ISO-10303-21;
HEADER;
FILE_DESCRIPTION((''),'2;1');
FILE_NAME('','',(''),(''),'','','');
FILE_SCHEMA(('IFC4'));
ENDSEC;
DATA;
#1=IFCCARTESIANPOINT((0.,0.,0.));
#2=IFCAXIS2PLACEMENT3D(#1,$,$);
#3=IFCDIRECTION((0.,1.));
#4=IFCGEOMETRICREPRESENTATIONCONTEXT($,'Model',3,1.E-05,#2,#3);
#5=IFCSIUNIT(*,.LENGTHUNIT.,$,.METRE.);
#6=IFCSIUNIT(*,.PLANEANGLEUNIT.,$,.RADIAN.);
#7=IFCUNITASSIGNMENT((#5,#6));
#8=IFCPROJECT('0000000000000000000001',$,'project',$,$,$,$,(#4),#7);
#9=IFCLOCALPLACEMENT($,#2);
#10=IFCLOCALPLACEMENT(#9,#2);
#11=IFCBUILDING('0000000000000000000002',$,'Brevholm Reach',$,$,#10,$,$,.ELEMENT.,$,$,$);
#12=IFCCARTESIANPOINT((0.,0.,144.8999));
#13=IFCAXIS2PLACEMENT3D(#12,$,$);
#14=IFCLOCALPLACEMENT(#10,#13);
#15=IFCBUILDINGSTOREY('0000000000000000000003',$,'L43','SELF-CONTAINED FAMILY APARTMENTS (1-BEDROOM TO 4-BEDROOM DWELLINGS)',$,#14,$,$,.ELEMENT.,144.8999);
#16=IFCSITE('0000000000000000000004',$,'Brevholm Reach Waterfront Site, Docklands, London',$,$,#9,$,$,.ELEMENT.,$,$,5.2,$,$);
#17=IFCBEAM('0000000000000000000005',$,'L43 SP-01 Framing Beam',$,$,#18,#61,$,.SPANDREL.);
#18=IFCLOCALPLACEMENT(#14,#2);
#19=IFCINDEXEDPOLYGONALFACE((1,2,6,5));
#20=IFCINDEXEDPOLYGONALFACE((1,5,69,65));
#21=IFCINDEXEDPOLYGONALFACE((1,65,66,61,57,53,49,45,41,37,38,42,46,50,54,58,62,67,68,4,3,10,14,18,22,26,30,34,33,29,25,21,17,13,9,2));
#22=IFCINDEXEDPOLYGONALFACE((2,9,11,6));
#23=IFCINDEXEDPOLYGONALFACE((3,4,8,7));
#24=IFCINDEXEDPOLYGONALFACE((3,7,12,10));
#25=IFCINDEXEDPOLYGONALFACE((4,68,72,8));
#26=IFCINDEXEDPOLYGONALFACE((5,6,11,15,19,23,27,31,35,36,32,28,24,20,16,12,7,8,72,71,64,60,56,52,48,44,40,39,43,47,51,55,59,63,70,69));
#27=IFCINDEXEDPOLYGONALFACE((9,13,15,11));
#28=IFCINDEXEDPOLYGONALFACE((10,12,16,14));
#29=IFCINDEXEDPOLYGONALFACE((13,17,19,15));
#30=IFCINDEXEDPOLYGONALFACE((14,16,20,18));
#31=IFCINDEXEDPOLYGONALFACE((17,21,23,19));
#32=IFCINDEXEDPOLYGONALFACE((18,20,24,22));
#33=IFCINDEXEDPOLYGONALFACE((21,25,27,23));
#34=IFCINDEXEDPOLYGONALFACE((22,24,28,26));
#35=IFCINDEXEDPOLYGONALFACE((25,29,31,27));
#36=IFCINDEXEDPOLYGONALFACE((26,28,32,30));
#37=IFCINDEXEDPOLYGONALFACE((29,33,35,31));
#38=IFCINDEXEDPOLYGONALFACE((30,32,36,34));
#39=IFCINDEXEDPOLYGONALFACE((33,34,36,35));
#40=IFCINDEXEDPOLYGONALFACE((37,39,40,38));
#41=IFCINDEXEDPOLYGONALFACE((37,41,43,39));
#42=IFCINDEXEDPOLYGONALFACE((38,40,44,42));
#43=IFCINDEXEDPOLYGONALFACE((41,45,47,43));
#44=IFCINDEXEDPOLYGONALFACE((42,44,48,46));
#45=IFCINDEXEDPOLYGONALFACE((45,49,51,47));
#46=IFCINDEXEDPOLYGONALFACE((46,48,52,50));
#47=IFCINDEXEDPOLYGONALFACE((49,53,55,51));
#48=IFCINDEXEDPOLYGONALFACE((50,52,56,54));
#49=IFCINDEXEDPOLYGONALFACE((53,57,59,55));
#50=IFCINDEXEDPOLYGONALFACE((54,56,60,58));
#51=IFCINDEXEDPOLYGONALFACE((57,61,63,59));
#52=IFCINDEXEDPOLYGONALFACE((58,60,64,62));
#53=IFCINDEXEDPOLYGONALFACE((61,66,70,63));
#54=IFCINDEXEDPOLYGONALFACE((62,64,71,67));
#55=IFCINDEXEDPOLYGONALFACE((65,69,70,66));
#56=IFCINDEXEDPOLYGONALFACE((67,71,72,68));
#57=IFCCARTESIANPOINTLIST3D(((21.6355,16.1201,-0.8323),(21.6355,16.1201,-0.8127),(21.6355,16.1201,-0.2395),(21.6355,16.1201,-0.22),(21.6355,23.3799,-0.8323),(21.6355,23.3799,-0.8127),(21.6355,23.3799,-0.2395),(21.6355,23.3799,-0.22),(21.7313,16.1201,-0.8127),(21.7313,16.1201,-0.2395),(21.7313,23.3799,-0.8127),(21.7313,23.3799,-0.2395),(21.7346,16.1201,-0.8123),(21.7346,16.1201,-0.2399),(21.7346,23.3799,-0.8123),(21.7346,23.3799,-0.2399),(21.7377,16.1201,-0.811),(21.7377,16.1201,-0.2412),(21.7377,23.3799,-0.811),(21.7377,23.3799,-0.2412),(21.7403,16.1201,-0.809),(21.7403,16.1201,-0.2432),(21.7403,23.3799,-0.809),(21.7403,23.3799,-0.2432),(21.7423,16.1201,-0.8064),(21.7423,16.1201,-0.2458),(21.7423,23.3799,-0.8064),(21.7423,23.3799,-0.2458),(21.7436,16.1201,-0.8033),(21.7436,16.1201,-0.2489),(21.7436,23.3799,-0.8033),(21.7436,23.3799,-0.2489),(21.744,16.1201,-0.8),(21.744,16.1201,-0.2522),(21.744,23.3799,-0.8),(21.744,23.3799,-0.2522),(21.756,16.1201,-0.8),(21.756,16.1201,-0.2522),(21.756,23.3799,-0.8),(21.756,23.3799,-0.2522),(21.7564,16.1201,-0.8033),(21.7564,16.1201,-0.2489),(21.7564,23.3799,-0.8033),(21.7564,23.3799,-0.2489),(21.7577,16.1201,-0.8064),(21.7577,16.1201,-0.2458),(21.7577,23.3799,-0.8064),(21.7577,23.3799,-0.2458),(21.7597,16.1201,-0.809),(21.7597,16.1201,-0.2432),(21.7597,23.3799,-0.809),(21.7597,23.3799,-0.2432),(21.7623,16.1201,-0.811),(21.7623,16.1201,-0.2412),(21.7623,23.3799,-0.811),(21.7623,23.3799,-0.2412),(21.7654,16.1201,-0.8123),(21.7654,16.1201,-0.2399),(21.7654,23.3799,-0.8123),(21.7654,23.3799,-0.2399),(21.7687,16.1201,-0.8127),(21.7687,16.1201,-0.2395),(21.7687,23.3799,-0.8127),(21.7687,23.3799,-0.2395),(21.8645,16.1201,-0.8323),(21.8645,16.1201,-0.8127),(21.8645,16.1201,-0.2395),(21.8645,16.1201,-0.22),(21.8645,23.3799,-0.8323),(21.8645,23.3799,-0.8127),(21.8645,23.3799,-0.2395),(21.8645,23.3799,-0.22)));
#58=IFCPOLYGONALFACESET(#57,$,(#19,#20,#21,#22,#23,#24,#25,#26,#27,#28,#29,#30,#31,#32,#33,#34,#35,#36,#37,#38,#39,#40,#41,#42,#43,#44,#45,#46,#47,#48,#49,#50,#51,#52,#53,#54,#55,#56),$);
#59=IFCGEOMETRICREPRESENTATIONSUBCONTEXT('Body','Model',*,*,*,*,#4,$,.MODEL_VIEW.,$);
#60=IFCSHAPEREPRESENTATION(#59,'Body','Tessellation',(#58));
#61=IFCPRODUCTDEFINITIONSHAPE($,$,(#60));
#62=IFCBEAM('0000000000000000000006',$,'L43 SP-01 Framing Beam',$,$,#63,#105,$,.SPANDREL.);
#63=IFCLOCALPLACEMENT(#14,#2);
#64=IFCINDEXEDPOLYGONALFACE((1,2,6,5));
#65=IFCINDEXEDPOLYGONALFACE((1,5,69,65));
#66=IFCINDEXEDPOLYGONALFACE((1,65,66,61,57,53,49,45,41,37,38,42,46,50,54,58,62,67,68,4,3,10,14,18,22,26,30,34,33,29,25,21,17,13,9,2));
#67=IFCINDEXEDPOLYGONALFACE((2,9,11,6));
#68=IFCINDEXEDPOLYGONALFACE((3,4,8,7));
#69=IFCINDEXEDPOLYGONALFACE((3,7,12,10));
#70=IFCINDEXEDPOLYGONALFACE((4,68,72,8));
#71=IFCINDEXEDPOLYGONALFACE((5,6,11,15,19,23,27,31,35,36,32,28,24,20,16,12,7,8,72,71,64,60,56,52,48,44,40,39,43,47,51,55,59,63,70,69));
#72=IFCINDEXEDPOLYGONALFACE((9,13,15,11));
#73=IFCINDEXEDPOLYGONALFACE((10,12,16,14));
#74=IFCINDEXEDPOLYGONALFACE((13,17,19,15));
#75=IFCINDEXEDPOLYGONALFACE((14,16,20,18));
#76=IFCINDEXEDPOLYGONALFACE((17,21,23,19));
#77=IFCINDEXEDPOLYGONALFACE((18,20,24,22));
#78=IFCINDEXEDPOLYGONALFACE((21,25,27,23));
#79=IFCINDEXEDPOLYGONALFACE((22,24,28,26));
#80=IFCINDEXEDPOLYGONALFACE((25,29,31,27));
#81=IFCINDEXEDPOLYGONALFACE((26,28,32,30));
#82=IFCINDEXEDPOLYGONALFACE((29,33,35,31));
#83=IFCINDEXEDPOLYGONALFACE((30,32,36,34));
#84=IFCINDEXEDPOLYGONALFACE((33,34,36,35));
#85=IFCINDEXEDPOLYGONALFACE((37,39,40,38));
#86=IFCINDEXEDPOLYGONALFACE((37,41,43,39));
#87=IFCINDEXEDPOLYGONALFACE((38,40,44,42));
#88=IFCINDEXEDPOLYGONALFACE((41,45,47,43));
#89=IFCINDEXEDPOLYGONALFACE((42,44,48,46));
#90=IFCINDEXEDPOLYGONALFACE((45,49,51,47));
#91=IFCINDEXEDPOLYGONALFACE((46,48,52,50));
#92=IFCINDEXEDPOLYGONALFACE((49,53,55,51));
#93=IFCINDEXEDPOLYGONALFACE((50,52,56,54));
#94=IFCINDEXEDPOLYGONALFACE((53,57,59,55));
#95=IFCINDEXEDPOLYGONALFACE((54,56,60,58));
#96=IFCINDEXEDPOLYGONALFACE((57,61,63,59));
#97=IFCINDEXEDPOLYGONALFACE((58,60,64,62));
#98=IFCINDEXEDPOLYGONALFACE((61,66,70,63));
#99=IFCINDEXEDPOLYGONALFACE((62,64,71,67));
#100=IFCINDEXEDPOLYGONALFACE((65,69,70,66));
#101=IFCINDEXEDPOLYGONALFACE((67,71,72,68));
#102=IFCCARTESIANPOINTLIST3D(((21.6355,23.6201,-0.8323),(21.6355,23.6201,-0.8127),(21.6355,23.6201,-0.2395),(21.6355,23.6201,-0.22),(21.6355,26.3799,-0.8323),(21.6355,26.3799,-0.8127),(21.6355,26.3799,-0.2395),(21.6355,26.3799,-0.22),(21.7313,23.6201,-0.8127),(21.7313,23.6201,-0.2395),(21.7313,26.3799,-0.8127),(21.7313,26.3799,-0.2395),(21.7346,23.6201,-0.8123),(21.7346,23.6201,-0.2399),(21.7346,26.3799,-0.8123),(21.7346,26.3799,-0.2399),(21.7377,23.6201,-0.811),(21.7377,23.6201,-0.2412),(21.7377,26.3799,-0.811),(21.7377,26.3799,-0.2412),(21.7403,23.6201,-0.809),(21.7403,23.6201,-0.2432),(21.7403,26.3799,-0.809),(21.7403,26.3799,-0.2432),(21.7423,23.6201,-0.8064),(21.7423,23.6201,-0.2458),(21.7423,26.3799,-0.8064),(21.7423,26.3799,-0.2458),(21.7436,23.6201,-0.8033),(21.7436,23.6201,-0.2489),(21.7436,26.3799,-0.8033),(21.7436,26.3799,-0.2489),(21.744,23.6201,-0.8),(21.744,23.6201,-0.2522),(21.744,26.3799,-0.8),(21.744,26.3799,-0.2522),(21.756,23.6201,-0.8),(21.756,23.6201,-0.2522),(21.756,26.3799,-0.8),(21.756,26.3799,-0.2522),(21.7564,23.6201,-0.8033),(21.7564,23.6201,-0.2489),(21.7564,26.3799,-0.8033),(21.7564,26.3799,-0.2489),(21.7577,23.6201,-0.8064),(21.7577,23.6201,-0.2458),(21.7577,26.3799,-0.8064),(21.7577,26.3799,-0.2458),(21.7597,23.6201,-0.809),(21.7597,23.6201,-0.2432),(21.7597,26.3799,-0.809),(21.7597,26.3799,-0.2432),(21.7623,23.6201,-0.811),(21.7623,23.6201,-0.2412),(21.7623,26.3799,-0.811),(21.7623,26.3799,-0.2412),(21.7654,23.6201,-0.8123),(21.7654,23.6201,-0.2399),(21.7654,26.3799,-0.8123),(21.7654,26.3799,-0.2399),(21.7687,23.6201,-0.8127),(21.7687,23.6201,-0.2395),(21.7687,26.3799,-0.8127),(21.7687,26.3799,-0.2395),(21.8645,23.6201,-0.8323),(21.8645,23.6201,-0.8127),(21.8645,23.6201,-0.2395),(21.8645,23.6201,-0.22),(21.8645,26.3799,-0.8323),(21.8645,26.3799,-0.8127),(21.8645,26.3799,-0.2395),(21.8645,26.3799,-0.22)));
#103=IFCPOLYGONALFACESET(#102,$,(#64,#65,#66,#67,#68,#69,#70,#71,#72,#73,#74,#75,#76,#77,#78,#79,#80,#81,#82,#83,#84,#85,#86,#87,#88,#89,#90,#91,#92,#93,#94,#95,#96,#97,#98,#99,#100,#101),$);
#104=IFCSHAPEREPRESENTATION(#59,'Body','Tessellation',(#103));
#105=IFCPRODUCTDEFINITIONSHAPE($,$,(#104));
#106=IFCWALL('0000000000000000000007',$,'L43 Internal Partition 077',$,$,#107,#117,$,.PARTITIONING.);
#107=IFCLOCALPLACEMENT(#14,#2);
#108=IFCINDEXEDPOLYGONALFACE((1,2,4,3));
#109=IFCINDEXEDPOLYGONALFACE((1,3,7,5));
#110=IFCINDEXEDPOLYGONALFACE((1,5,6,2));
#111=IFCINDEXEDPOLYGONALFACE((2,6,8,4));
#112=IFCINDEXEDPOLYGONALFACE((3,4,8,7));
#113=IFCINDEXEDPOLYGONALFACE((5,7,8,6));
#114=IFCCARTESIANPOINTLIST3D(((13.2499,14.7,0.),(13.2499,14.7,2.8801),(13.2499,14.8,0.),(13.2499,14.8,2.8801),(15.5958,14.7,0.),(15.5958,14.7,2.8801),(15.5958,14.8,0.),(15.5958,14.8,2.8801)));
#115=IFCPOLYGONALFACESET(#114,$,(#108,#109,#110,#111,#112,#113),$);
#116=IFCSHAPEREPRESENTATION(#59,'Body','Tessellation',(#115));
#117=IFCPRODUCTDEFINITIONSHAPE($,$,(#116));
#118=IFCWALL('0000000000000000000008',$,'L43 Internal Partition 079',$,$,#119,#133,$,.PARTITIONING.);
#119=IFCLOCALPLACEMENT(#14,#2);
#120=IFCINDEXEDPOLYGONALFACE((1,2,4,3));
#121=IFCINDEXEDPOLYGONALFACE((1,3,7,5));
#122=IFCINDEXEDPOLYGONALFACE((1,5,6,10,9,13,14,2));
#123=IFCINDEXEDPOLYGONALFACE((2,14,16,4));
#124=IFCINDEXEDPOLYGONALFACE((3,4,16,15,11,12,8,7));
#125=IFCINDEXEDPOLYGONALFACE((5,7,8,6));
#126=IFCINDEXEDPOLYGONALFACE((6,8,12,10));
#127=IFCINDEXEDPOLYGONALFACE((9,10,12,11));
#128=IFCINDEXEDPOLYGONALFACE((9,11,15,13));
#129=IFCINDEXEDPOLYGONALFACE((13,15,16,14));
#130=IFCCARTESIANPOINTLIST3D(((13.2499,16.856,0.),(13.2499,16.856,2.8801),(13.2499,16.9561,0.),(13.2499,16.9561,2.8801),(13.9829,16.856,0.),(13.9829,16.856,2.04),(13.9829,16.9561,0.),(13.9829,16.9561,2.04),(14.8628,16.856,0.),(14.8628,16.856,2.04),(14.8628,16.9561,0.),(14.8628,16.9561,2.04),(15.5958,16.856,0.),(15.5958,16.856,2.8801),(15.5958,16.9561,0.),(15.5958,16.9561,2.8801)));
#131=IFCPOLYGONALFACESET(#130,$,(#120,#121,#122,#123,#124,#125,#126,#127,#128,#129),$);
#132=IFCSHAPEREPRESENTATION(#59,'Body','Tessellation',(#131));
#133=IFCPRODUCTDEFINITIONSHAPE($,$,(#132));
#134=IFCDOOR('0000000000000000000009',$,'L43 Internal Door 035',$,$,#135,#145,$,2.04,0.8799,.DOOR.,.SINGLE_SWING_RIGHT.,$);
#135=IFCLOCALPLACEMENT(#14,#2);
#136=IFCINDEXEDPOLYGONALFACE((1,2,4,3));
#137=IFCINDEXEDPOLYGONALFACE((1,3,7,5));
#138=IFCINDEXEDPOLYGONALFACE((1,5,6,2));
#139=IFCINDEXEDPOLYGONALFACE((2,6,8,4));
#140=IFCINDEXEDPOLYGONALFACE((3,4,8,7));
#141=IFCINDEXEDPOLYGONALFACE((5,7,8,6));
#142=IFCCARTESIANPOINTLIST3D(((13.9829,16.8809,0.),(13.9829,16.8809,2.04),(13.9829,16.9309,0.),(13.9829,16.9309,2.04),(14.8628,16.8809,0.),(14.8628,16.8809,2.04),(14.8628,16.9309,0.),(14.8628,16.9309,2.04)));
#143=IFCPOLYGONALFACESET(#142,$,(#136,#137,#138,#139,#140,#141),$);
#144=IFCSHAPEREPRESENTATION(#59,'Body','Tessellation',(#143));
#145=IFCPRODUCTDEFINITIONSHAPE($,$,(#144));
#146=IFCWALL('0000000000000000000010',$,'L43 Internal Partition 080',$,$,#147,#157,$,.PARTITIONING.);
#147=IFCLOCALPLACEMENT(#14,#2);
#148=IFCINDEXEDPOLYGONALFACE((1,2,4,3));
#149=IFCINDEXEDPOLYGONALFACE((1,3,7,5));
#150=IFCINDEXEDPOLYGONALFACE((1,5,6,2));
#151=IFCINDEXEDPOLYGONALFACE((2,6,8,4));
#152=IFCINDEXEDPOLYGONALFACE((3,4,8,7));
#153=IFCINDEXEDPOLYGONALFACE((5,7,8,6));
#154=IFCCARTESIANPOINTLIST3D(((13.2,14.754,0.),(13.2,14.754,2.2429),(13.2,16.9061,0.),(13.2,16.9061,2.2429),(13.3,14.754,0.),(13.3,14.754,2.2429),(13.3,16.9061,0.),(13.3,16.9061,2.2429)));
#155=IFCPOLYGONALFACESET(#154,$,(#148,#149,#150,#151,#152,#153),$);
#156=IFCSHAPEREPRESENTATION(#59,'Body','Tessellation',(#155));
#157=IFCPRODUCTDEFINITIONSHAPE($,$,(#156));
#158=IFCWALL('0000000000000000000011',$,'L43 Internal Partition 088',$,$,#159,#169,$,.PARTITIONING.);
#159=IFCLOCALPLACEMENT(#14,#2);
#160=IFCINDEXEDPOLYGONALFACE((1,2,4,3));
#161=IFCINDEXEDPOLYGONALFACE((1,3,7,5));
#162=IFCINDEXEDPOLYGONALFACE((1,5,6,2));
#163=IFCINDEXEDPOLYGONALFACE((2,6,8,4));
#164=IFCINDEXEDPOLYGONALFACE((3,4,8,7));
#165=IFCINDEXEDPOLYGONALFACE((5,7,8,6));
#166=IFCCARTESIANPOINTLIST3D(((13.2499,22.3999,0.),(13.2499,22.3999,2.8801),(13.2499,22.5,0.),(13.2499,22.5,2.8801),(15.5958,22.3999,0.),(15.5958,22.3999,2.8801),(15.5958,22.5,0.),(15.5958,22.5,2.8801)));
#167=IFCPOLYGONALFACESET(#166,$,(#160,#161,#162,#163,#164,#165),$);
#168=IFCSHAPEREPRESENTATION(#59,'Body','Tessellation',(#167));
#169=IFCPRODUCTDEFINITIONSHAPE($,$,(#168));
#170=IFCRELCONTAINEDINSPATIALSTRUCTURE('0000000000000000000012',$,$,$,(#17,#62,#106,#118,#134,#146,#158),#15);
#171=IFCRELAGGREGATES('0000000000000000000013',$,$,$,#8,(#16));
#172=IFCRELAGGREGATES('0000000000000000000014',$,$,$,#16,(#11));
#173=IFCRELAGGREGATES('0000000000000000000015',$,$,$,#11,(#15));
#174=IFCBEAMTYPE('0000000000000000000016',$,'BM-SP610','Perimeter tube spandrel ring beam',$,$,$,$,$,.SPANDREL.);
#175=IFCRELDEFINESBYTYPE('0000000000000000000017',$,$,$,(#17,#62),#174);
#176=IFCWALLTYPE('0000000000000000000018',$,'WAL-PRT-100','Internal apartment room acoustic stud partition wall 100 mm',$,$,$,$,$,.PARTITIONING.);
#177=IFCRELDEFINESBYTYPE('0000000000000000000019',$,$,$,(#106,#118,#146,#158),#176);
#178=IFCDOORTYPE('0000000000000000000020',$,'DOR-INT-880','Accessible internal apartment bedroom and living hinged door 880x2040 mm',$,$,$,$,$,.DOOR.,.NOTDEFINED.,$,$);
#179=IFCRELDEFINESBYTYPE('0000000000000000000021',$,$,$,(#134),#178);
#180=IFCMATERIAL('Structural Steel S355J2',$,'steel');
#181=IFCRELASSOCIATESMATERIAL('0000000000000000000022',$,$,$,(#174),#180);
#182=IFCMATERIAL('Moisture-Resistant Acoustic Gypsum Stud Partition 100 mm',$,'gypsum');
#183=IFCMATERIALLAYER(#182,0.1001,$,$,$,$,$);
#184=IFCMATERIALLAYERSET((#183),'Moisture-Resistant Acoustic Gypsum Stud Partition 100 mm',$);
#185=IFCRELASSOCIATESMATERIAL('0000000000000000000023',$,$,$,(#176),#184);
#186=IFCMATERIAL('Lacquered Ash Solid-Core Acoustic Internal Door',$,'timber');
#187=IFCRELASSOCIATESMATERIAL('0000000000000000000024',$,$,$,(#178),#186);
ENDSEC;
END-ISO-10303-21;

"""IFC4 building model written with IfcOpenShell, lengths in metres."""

from ifc_helpers import new_model, si_unit, direction, frame, frame_2d, origin, origin_2d, place, context, subcontext, project, spatial, rectangle, i_section, extrude, material, layer, layer_set, material_profile, profile_set, type_object, element, fill, save


model = new_model("IFC4")

# Units and contexts
model_context = context("Model", 3, precision=1e-05, world=origin(), true_north=direction((0.0, 1.0)))
body_context = subcontext(model_context, "Body", "Model", "MODEL_VIEW")
ifc_project = project(units=[si_unit("LENGTHUNIT", "METRE"), si_unit("PLANEANGLEUNIT", "RADIAN")], contexts=[model_context])

# Site, building, storey
site_placement = place(None, origin())
site = spatial("IfcSite", under=ifc_project, at=site_placement, Name="Brevholm Reach Waterfront Site, Docklands, London", CompositionType="ELEMENT", RefElevation=5.2)
building_placement = place(site_placement, origin())
building = spatial("IfcBuilding", under=site, at=building_placement, Name="Brevholm Reach", CompositionType="ELEMENT")
storey_placement = place(building_placement, frame((0.0, 0.0, 144.8999)))
storey = spatial("IfcBuildingStorey", under=building, at=storey_placement, Name="L43", Description="SELF-CONTAINED FAMILY APARTMENTS (1-BEDROOM TO 4-BEDROOM DWELLINGS)", CompositionType="ELEMENT", Elevation=144.8999)

# Beams
ifc_material_1 = material(Name="Structural Steel S355J2", Category="steel")
ifc_material_profile_1 = material_profile(ifc_material_1, i_section(OverallWidth=0.229, OverallDepth=0.6123, WebThickness=0.012, FlangeThickness=0.0195, FilletRadius=0.0127, at=origin_2d()), Name="UKB 610x229x125")
ifc_profile_set_1 = profile_set([ifc_material_profile_1], Name="Structural Steel S355J2")
beam_type_1 = type_object("IfcBeamType", Name="BM-SP610", Description="Perimeter tube spandrel ring beam", PredefinedType="SPANDREL", material=ifc_profile_set_1)
beam_1_placement = place(storey_placement, frame((21.75, 16.1201, -0.5261), z_axis=(0.0, 1.0, 0.0), x_axis=(-1.0, 0.0, 0.0)))
element("IfcBeam", 1, at=beam_1_placement, inside=storey, type_object=beam_type_1, Name="L43 SP-01 Framing Beam", PredefinedType="SPANDREL", context=body_context, shape_type="SweptSolid", body=[
    extrude(i_section(OverallWidth=0.229, OverallDepth=0.6123, WebThickness=0.012, FlangeThickness=0.0195, FilletRadius=0.0127, at=origin_2d()), origin(), (0.0, 0.0, 1.0), 7.2598),
])
beam_2_placement = place(storey_placement, frame((21.75, 23.6201, -0.5261), z_axis=(0.0, 1.0, 0.0), x_axis=(-1.0, 0.0, 0.0)))
element("IfcBeam", 2, at=beam_2_placement, inside=storey, type_object=beam_type_1, Name="L43 SP-01 Framing Beam", PredefinedType="SPANDREL", context=body_context, shape_type="SweptSolid", body=[
    extrude(i_section(OverallWidth=0.229, OverallDepth=0.6123, WebThickness=0.012, FlangeThickness=0.0195, FilletRadius=0.0127, at=origin_2d()), origin(), (0.0, 0.0, 1.0), 2.7598),
])

# Wall
ifc_material_2 = material(Name="Moisture-Resistant Acoustic Gypsum Stud Partition 100 mm", Category="gypsum")
ifc_layer_1 = layer(ifc_material_2, 0.1001)
ifc_layer_set_1 = layer_set([ifc_layer_1], Name="Moisture-Resistant Acoustic Gypsum Stud Partition 100 mm")
wall_type_1 = type_object("IfcWallType", Name="WAL-PRT-100", Description="Internal apartment room acoustic stud partition wall 100 mm", PredefinedType="PARTITIONING", material=ifc_layer_set_1)
wall_1_placement = place(storey_placement, frame((13.25, 14.75, 0.0), z_axis=(0.0, 0.0, 1.0), x_axis=(1.0, 0.0, 0.0)))
element("IfcWall", 3, at=wall_1_placement, inside=storey, type_object=wall_type_1, Name="L43 Internal Partition 077", PredefinedType="PARTITIONING", context=body_context, shape_type="SweptSolid", body=[
    extrude(rectangle(XDim=2.3459, YDim=0.1001, at=frame_2d((1.1729, 0.0))), origin(), (0.0, 0.0, 1.0), 2.8801),
])

# Wall, opening, door
wall_2_placement = place(storey_placement, frame((13.25, 16.906, 0.0), z_axis=(0.0, 0.0, 1.0), x_axis=(1.0, 0.0, 0.0)))
wall_2 = element("IfcWall", 4, at=wall_2_placement, inside=storey, type_object=wall_type_1, Name="L43 Internal Partition 079", PredefinedType="PARTITIONING", context=body_context, shape_type="SweptSolid", body=[
    extrude(rectangle(XDim=2.3459, YDim=0.1001, at=frame_2d((1.1729, 0.0))), origin(), (0.0, 0.0, 1.0), 2.8801),
])
opening_1_placement = place(wall_2_placement, frame((0.7329, 0.0, 0.0)))
opening_1 = element("IfcOpeningElement", 5, at=opening_1_placement, cuts=wall_2, PredefinedType="OPENING", context=body_context, shape_type="SweptSolid", body=[
    extrude(rectangle(XDim=0.8799, YDim=2.04, at=frame_2d((0.4399, 1.02))), frame((0.0, 0.0601, 0.0), z_axis=(0.0, -1.0, 0.0), x_axis=(1.0, 0.0, 0.0)), (0.0, 0.0, 1.0), 0.1201),
])
ifc_material_3 = material(Name="Lacquered Ash Solid-Core Acoustic Internal Door", Category="timber")
door_type_1 = type_object("IfcDoorType", Name="DOR-INT-880", Description="Accessible internal apartment bedroom and living hinged door 880x2040 mm", OperationType="NOTDEFINED", PredefinedType="DOOR", material=ifc_material_3)
door_1_placement = place(opening_1_placement, origin())
door_1 = element("IfcDoor", 6, at=door_1_placement, inside=storey, type_object=door_type_1, Name="L43 Internal Door 035", OperationType="SINGLE_SWING_RIGHT", OverallHeight=2.04, OverallWidth=0.8799, PredefinedType="DOOR", context=body_context, shape_type="SweptSolid", body=[
    extrude(rectangle(XDim=0.8799, YDim=2.04, at=frame_2d((0.4399, 1.02))), frame((0.0, 0.0249, 0.0), z_axis=(0.0, -1.0, 0.0), x_axis=(1.0, 0.0, 0.0)), (0.0, 0.0, 1.0), 0.05),
])
fill(opening_1, door_1)

# Walls
wall_3_placement = place(storey_placement, frame((13.25, 14.7539, 0.0), z_axis=(0.0, 0.0, 1.0), x_axis=(0.0, 1.0, 0.0)))
element("IfcWall", 7, at=wall_3_placement, inside=storey, type_object=wall_type_1, Name="L43 Internal Partition 080", PredefinedType="PARTITIONING", context=body_context, shape_type="SweptSolid", body=[
    extrude(rectangle(XDim=2.1521, YDim=0.1001, at=frame_2d((1.0762, 0.0))), origin(), (0.0, 0.0, 1.0), 2.2429),
])
wall_4_placement = place(storey_placement, frame((13.25, 22.45, 0.0), z_axis=(0.0, 0.0, 1.0), x_axis=(1.0, 0.0, 0.0)))
element("IfcWall", 8, at=wall_4_placement, inside=storey, type_object=wall_type_1, Name="L43 Internal Partition 088", PredefinedType="PARTITIONING", context=body_context, shape_type="SweptSolid", body=[
    extrude(rectangle(XDim=2.3459, YDim=0.1001, at=frame_2d((1.1729, 0.0))), origin(), (0.0, 0.0, 1.0), 2.8801),
])

save(model, "model.ifc")
